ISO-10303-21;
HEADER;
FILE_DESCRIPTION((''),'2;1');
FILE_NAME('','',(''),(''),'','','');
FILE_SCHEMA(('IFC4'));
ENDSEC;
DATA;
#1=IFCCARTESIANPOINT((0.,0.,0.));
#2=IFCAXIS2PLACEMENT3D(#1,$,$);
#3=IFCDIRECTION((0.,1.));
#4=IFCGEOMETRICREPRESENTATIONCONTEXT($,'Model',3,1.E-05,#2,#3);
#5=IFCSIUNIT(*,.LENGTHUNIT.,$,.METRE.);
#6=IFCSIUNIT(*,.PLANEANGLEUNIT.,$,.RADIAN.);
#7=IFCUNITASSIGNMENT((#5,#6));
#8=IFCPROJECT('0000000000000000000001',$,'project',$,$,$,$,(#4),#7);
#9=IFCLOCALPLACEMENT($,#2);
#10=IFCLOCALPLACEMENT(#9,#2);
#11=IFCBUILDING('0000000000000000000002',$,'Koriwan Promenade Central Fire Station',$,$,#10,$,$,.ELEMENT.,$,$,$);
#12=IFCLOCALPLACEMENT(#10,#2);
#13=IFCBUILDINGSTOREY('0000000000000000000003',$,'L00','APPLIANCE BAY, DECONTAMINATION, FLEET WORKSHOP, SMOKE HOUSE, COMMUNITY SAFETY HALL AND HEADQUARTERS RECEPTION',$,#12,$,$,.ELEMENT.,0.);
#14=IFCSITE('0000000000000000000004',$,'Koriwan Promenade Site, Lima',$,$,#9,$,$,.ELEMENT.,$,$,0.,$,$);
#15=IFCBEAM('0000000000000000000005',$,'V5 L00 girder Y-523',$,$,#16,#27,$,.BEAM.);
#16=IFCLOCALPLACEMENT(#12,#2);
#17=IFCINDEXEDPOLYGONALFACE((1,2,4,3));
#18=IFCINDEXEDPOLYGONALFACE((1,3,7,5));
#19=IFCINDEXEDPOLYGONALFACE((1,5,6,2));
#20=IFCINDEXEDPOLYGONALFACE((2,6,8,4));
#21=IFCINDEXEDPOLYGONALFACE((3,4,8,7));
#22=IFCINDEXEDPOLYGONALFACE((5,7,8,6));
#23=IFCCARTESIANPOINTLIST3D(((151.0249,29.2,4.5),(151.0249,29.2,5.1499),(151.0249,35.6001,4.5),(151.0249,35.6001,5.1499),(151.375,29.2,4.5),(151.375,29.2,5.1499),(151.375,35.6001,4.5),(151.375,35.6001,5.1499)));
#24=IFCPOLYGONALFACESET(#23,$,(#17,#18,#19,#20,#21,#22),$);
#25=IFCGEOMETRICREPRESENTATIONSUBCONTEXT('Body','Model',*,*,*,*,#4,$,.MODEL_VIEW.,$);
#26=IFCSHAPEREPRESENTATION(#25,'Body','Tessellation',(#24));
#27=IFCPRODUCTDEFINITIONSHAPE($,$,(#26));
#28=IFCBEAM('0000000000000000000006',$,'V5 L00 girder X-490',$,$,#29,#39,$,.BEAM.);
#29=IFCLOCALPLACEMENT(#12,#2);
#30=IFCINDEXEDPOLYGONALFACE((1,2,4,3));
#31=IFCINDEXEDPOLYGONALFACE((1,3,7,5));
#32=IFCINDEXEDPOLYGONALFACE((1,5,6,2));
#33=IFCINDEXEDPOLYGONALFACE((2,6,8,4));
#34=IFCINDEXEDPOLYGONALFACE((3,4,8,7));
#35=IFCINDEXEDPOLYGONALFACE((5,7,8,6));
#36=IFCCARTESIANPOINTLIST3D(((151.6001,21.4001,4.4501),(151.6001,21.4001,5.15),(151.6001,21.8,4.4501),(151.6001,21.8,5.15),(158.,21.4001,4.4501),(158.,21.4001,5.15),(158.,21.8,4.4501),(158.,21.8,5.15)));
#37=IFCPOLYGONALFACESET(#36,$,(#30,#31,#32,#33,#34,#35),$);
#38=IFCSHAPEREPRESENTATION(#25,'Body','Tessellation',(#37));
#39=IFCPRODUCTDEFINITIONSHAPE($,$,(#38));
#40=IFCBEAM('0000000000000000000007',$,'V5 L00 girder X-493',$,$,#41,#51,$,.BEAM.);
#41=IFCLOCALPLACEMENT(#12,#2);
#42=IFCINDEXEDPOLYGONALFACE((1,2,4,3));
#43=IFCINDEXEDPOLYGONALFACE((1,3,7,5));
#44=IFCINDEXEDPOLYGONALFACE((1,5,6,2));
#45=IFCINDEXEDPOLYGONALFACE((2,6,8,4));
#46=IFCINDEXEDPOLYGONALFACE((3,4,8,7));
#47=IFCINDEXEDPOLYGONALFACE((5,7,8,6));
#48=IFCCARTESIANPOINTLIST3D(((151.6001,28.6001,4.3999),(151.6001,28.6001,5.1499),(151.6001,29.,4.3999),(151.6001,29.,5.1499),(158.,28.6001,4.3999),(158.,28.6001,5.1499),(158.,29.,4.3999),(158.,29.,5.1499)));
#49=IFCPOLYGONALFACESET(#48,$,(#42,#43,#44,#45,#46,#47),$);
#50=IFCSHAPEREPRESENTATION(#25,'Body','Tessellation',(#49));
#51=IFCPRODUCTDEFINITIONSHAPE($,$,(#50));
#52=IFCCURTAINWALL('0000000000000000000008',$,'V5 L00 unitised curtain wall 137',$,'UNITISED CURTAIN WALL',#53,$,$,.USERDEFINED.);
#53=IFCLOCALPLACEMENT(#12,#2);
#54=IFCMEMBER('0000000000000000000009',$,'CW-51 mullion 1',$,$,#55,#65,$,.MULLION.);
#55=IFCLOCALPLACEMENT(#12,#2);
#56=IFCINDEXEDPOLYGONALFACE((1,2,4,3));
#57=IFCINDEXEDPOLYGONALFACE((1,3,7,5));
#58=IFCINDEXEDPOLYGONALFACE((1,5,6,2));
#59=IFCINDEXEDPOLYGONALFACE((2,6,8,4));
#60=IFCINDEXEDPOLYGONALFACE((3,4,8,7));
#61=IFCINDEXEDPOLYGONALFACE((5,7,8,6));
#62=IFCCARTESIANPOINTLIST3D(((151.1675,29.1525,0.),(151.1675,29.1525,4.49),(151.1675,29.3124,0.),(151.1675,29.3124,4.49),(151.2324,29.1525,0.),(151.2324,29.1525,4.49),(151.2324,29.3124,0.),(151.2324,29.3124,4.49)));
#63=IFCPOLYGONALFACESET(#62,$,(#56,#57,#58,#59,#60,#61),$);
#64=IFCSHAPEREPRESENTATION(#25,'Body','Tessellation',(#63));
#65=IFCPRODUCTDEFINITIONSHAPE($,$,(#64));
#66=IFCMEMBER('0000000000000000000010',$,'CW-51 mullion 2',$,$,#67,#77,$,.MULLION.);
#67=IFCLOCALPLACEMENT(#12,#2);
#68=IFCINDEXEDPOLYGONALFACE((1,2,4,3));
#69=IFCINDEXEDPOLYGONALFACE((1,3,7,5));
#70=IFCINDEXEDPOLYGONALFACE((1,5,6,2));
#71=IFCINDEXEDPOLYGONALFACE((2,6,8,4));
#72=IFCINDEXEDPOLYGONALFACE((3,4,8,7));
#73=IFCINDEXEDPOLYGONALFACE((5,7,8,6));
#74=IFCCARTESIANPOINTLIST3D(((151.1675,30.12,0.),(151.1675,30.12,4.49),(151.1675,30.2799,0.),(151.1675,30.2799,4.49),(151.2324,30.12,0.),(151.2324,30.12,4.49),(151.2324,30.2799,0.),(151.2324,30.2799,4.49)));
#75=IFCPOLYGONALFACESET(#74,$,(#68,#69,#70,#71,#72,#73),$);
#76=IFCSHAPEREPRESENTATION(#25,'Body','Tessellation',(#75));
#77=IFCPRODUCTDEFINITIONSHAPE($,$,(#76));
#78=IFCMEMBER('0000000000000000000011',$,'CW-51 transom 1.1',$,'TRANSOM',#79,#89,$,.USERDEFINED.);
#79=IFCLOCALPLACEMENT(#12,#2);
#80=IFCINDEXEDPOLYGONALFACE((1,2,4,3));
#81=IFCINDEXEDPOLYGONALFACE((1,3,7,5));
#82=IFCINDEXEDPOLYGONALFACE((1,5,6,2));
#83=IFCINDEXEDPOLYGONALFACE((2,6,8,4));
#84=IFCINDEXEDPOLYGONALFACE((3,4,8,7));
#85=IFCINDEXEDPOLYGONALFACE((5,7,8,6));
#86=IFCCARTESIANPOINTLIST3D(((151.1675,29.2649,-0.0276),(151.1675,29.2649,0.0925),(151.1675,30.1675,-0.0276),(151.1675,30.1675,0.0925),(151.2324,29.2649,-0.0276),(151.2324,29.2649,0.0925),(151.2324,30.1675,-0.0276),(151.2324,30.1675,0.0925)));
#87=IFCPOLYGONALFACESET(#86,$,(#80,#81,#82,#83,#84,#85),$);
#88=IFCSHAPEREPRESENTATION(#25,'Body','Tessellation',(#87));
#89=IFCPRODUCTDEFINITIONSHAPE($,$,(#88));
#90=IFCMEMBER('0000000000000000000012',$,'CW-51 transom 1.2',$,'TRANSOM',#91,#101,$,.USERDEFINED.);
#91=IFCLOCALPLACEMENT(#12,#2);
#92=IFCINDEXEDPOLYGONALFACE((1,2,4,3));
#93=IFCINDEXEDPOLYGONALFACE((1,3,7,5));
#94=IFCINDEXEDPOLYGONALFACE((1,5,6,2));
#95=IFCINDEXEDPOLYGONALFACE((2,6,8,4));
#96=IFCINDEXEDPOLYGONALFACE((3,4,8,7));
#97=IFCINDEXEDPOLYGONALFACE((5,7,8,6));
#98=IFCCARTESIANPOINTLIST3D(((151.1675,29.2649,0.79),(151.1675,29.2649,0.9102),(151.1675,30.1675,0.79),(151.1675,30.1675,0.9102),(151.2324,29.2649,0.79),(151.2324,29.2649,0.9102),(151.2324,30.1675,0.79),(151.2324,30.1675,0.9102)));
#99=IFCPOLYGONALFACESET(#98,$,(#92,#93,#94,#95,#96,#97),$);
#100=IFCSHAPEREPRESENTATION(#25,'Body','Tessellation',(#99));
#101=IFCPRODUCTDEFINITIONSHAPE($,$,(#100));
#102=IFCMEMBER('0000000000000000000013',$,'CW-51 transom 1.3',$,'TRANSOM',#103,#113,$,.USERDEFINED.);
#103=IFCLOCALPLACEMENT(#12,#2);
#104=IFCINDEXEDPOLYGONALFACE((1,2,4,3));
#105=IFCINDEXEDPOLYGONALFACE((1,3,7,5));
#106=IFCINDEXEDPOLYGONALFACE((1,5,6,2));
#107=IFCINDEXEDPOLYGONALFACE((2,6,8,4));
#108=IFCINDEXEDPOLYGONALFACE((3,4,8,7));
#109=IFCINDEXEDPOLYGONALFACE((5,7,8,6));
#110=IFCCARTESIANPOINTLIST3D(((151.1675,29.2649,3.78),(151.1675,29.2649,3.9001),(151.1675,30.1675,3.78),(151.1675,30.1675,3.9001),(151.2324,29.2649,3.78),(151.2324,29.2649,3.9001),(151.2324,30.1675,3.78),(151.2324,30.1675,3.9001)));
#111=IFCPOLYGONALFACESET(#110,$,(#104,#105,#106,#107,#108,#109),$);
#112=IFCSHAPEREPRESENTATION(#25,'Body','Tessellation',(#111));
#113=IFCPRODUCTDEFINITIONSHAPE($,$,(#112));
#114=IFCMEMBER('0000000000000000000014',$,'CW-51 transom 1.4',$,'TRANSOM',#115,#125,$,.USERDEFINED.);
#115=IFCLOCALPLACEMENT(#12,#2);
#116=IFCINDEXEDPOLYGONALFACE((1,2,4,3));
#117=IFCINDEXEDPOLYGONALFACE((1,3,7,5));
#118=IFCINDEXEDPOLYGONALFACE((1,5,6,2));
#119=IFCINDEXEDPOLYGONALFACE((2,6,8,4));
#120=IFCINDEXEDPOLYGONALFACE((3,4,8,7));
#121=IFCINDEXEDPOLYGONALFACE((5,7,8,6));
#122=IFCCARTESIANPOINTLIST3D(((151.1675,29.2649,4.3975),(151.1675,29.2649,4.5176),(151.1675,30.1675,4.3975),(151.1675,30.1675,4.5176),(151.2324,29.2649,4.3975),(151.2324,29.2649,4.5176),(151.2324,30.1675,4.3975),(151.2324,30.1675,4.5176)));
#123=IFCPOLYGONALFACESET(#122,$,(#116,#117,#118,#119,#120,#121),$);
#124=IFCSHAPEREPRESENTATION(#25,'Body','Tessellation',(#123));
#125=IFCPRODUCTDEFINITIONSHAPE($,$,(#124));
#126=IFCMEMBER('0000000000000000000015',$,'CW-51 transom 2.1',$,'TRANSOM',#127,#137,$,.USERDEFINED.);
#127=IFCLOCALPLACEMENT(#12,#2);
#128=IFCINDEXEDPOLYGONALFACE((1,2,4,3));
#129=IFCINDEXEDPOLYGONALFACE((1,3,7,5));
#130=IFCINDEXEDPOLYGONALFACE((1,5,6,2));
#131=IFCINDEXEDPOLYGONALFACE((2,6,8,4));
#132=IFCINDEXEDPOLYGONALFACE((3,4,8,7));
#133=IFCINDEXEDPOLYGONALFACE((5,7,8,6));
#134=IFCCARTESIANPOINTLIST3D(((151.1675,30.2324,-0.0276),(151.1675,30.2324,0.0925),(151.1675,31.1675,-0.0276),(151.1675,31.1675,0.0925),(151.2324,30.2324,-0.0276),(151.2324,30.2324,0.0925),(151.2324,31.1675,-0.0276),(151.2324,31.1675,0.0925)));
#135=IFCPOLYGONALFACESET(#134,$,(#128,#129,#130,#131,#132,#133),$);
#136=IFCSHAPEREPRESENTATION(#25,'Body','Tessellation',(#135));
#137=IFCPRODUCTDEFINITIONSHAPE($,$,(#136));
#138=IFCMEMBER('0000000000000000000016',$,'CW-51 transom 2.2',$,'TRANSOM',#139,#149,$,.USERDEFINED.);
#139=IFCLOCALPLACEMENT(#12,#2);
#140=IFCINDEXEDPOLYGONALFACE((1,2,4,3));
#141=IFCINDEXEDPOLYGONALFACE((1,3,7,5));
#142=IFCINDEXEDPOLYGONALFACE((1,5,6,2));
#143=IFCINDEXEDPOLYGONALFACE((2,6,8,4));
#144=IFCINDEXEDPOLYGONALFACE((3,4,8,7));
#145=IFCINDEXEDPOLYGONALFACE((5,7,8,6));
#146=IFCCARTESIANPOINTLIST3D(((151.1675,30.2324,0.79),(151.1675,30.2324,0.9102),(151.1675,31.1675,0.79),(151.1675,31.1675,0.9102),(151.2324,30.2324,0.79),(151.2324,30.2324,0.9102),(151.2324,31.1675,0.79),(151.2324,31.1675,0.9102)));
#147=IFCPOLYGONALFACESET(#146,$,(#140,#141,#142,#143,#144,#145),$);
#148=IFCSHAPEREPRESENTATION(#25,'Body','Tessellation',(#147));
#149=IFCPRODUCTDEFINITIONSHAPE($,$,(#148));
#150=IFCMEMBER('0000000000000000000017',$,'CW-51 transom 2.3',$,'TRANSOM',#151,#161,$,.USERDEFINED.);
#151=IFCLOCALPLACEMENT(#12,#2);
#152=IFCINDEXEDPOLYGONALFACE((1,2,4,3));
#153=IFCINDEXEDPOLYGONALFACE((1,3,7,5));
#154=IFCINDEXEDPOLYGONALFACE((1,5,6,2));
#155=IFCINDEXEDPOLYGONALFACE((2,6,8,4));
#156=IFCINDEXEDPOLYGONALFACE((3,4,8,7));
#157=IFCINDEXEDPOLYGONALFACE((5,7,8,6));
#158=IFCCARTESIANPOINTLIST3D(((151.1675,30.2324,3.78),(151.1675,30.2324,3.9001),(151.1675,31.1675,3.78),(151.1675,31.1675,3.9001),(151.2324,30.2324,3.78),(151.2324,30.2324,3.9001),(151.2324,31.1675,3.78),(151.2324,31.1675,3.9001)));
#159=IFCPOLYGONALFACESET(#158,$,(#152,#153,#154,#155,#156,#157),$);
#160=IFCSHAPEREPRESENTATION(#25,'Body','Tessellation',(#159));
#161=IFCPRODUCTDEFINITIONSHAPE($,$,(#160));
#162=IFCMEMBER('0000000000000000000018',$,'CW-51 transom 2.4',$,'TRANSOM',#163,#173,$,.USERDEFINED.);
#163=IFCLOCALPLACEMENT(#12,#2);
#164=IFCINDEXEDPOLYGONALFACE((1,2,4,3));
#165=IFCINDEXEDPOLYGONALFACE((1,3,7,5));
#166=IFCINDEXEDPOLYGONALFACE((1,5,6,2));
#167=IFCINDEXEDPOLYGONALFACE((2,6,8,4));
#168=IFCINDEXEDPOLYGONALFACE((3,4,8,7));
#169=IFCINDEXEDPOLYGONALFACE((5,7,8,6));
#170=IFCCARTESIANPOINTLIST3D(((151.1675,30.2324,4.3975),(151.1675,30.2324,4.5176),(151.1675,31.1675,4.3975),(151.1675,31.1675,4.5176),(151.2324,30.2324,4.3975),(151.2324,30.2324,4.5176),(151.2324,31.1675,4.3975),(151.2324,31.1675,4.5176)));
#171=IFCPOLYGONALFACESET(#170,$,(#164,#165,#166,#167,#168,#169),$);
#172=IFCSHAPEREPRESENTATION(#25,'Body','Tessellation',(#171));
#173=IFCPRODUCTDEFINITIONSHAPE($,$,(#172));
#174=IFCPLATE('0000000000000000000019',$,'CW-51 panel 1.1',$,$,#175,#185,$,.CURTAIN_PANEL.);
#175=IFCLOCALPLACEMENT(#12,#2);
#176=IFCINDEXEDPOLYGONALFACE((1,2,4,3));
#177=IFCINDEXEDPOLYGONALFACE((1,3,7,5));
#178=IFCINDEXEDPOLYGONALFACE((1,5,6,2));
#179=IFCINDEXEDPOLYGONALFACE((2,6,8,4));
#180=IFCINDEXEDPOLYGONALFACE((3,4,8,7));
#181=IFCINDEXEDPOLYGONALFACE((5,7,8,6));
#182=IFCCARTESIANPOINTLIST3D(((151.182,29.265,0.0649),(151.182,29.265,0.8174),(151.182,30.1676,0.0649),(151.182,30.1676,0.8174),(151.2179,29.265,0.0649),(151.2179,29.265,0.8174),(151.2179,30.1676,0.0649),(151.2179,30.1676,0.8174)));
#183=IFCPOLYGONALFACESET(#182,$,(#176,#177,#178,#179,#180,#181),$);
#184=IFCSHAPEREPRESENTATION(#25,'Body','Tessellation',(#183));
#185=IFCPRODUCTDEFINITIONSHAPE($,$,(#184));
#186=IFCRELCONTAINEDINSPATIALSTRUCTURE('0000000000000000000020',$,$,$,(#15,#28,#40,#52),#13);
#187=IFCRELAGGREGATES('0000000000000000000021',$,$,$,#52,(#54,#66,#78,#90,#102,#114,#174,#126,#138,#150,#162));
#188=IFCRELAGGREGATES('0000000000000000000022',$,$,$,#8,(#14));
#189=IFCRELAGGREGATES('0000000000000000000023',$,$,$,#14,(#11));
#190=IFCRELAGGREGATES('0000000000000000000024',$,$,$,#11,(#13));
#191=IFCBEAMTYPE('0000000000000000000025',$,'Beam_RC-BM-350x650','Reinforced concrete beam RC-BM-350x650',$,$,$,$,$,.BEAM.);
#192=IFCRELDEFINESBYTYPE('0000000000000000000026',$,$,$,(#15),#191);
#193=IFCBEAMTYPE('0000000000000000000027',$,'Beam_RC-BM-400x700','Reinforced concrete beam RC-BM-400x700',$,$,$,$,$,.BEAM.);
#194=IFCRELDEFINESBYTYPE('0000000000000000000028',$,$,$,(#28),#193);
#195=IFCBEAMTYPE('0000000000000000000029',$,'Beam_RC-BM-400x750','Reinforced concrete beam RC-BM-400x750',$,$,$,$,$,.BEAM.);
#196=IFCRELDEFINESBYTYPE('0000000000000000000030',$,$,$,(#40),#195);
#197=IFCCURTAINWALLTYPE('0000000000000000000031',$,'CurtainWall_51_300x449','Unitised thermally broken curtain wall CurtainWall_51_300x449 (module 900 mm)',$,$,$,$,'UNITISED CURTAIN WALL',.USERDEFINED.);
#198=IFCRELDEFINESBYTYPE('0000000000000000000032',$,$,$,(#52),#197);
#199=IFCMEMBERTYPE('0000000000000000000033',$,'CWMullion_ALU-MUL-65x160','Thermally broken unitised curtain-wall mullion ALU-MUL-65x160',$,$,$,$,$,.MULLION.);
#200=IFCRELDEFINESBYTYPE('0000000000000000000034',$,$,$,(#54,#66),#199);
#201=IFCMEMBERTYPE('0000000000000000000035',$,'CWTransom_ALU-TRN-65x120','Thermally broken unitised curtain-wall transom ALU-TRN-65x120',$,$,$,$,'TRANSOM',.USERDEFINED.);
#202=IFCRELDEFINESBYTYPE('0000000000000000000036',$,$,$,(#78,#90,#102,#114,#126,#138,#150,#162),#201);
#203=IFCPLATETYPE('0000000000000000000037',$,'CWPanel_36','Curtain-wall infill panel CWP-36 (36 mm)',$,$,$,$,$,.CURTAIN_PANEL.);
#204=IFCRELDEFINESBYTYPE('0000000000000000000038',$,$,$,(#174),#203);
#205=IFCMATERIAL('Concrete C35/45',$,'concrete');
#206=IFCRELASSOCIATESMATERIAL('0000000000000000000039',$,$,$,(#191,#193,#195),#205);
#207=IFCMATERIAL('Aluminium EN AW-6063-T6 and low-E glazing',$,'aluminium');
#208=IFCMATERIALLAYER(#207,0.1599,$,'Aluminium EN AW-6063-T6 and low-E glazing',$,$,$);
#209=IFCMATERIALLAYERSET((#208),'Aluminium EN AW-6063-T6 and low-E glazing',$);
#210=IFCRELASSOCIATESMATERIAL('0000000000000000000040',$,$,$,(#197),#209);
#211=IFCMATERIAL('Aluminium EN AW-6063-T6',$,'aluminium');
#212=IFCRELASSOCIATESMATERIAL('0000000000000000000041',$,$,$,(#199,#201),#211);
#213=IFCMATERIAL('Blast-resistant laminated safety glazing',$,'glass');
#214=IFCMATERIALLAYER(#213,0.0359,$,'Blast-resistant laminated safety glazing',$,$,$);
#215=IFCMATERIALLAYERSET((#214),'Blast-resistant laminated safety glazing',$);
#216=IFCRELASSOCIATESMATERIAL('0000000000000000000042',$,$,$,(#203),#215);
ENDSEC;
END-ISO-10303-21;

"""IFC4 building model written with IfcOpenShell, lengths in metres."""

from ifc_helpers import new_model, si_unit, direction, frame, origin, origin_2d, place, context, subcontext, project, spatial, rectangle, extrude, material, layer, layer_set, material_profile, profile_set, type_object, element, aggregate, save


model = new_model("IFC4")

# Units and contexts
model_context = context("Model", 3, precision=1e-05, world=origin(), true_north=direction((0.0, 1.0)))
body_context = subcontext(model_context, "Body", "Model", "MODEL_VIEW")
ifc_project = project(units=[si_unit("LENGTHUNIT", "METRE"), si_unit("PLANEANGLEUNIT", "RADIAN")], contexts=[model_context])

# Site, building, storey
site_placement = place(None, origin())
site = spatial("IfcSite", under=ifc_project, at=site_placement, Name="Koriwan Promenade Site, Lima", CompositionType="ELEMENT", RefElevation=0.0)
building_placement = place(site_placement, origin())
building = spatial("IfcBuilding", under=site, at=building_placement, Name="Koriwan Promenade Central Fire Station", CompositionType="ELEMENT")
storey_placement = place(building_placement, origin())
storey = spatial("IfcBuildingStorey", under=building, at=storey_placement, Name="L00", Description="APPLIANCE BAY, DECONTAMINATION, FLEET WORKSHOP, SMOKE HOUSE, COMMUNITY SAFETY HALL AND HEADQUARTERS RECEPTION", CompositionType="ELEMENT", Elevation=0.0)

# Shared definitions
ifc_material_1 = material(Name="Concrete C35/45", Category="concrete")

# Beams
ifc_material_profile_1 = material_profile(ifc_material_1, rectangle(XDim=0.3501, YDim=0.6499, at=origin_2d()), Name="RC-BM-350x650")
ifc_profile_set_1 = profile_set([ifc_material_profile_1], Name="Concrete C35/45")
beam_type_1 = type_object("IfcBeamType", Name="Beam_RC-BM-350x650", Description="Reinforced concrete beam RC-BM-350x650", PredefinedType="BEAM", material=ifc_profile_set_1)
beam_1_placement = place(storey_placement, frame((151.2, 29.2, 4.825), z_axis=(0.0, 1.0, 0.0), x_axis=(-1.0, 0.0, 0.0)))
element("IfcBeam", 1, at=beam_1_placement, inside=storey, type_object=beam_type_1, Name="V5 L00 girder Y-523", PredefinedType="BEAM", context=body_context, shape_type="SweptSolid", body=[
    extrude(rectangle(XDim=0.3501, YDim=0.6499, at=origin_2d()), origin(), (0.0, 0.0, 1.0), 6.4001),
])
ifc_material_profile_2 = material_profile(ifc_material_1, rectangle(XDim=0.3999, YDim=0.7, at=origin_2d()), Name="RC-BM-400x700")
ifc_profile_set_2 = profile_set([ifc_material_profile_2], Name="Concrete C35/45")
beam_type_2 = type_object("IfcBeamType", Name="Beam_RC-BM-400x700", Description="Reinforced concrete beam RC-BM-400x700", PredefinedType="BEAM", material=ifc_profile_set_2)
beam_2_placement = place(storey_placement, frame((151.6001, 21.6001, 4.8), z_axis=(1.0, 0.0, 0.0), x_axis=(0.0, 1.0, 0.0)))
element("IfcBeam", 2, at=beam_2_placement, inside=storey, type_object=beam_type_2, Name="V5 L00 girder X-490", PredefinedType="BEAM", context=body_context, shape_type="SweptSolid", body=[
    extrude(rectangle(XDim=0.3999, YDim=0.7, at=origin_2d()), origin(), (0.0, 0.0, 1.0), 6.3999),
])
ifc_material_profile_3 = material_profile(ifc_material_1, rectangle(XDim=0.3999, YDim=0.75, at=origin_2d()), Name="RC-BM-400x750")
ifc_profile_set_3 = profile_set([ifc_material_profile_3], Name="Concrete C35/45")
beam_type_3 = type_object("IfcBeamType", Name="Beam_RC-BM-400x750", Description="Reinforced concrete beam RC-BM-400x750", PredefinedType="BEAM", material=ifc_profile_set_3)
beam_3_placement = place(storey_placement, frame((151.6001, 28.8, 4.7749), z_axis=(1.0, 0.0, 0.0), x_axis=(0.0, 1.0, 0.0)))
element("IfcBeam", 3, at=beam_3_placement, inside=storey, type_object=beam_type_3, Name="V5 L00 girder X-493", PredefinedType="BEAM", context=body_context, shape_type="SweptSolid", body=[
    extrude(rectangle(XDim=0.3999, YDim=0.75, at=origin_2d()), origin(), (0.0, 0.0, 1.0), 6.3999),
])

# Curtain wall, members, plate
ifc_material_2 = material(Name="Aluminium EN AW-6063-T6 and low-E glazing", Category="aluminium")
ifc_layer_1 = layer(ifc_material_2, 0.1599, Name="Aluminium EN AW-6063-T6 and low-E glazing")
ifc_layer_set_1 = layer_set([ifc_layer_1], Name="Aluminium EN AW-6063-T6 and low-E glazing")
curtain_wall_type = type_object("IfcCurtainWallType", Name="CurtainWall_51_300x449", Description="Unitised thermally broken curtain wall CurtainWall_51_300x449 (module 900 mm)", ElementType="UNITISED CURTAIN WALL", PredefinedType="USERDEFINED", material=ifc_layer_set_1)
curtain_wall_placement = place(storey_placement, origin())
curtain_wall = element("IfcCurtainWall", 4, at=curtain_wall_placement, inside=storey, type_object=curtain_wall_type, Name="V5 L00 unitised curtain wall 137", ObjectType="UNITISED CURTAIN WALL", PredefinedType="USERDEFINED")
ifc_material_3 = material(Name="Aluminium EN AW-6063-T6", Category="aluminium")
ifc_material_profile_4 = material_profile(ifc_material_3, rectangle(XDim=0.0649, YDim=0.1599, at=origin_2d()), Name="ALU-MUL-65x160")
ifc_profile_set_4 = profile_set([ifc_material_profile_4], Name="Aluminium EN AW-6063-T6")
member_type_1 = type_object("IfcMemberType", Name="CWMullion_ALU-MUL-65x160", Description="Thermally broken unitised curtain-wall mullion ALU-MUL-65x160", PredefinedType="MULLION", material=ifc_profile_set_4)
member_1_placement = place(storey_placement, frame((151.2, 29.2324, 0.0), z_axis=(0.0, 0.0, 1.0), x_axis=(-1.0, 0.0, 0.0)))
member_1 = element("IfcMember", 5, at=member_1_placement, type_object=member_type_1, Name="CW-51 mullion 1", PredefinedType="MULLION", context=body_context, shape_type="SweptSolid", body=[
    extrude(rectangle(XDim=0.0649, YDim=0.1599, at=origin_2d()), origin(), (0.0, 0.0, 1.0), 4.49),
])
member_2_placement = place(storey_placement, frame((151.2, 30.2, 0.0), z_axis=(0.0, 0.0, 1.0), x_axis=(-1.0, 0.0, 0.0)))
member_2 = element("IfcMember", 6, at=member_2_placement, type_object=member_type_1, Name="CW-51 mullion 2", PredefinedType="MULLION", context=body_context, shape_type="SweptSolid", body=[
    extrude(rectangle(XDim=0.0649, YDim=0.1599, at=origin_2d()), origin(), (0.0, 0.0, 1.0), 4.49),
])
ifc_material_profile_5 = material_profile(ifc_material_3, rectangle(XDim=0.0649, YDim=0.1201, at=origin_2d()), Name="ALU-TRN-65x120")
ifc_profile_set_5 = profile_set([ifc_material_profile_5], Name="Aluminium EN AW-6063-T6")
member_type_2 = type_object("IfcMemberType", Name="CWTransom_ALU-TRN-65x120", Description="Thermally broken unitised curtain-wall transom ALU-TRN-65x120", ElementType="TRANSOM", PredefinedType="USERDEFINED", material=ifc_profile_set_5)
member_3_placement = place(storey_placement, frame((151.2, 29.2649, 0.0325), z_axis=(0.0, 1.0, 0.0), x_axis=(-1.0, 0.0, 0.0)))
member_3 = element("IfcMember", 7, at=member_3_placement, type_object=member_type_2, Name="CW-51 transom 1.1", ObjectType="TRANSOM", PredefinedType="USERDEFINED", context=body_context, shape_type="SweptSolid", body=[
    extrude(rectangle(XDim=0.0649, YDim=0.1201, at=origin_2d()), origin(), (0.0, 0.0, 1.0), 0.9026),
])
member_4_placement = place(storey_placement, frame((151.2, 29.2649, 0.8501), z_axis=(0.0, 1.0, 0.0), x_axis=(-1.0, 0.0, 0.0)))
member_4 = element("IfcMember", 8, at=member_4_placement, type_object=member_type_2, Name="CW-51 transom 1.2", ObjectType="TRANSOM", PredefinedType="USERDEFINED", context=body_context, shape_type="SweptSolid", body=[
    extrude(rectangle(XDim=0.0649, YDim=0.1201, at=origin_2d()), origin(), (0.0, 0.0, 1.0), 0.9026),
])
member_5_placement = place(storey_placement, frame((151.2, 29.2649, 3.8401), z_axis=(0.0, 1.0, 0.0), x_axis=(-1.0, 0.0, 0.0)))
member_5 = element("IfcMember", 9, at=member_5_placement, type_object=member_type_2, Name="CW-51 transom 1.3", ObjectType="TRANSOM", PredefinedType="USERDEFINED", context=body_context, shape_type="SweptSolid", body=[
    extrude(rectangle(XDim=0.0649, YDim=0.1201, at=origin_2d()), origin(), (0.0, 0.0, 1.0), 0.9026),
])
member_6_placement = place(storey_placement, frame((151.2, 29.2649, 4.4575), z_axis=(0.0, 1.0, 0.0), x_axis=(-1.0, 0.0, 0.0)))
member_6 = element("IfcMember", 10, at=member_6_placement, type_object=member_type_2, Name="CW-51 transom 1.4", ObjectType="TRANSOM", PredefinedType="USERDEFINED", context=body_context, shape_type="SweptSolid", body=[
    extrude(rectangle(XDim=0.0649, YDim=0.1201, at=origin_2d()), origin(), (0.0, 0.0, 1.0), 0.9026),
])
member_7_placement = place(storey_placement, frame((151.2, 30.2324, 0.0325), z_axis=(0.0, 1.0, 0.0), x_axis=(-1.0, 0.0, 0.0)))
member_7 = element("IfcMember", 11, at=member_7_placement, type_object=member_type_2, Name="CW-51 transom 2.1", ObjectType="TRANSOM", PredefinedType="USERDEFINED", context=body_context, shape_type="SweptSolid", body=[
    extrude(rectangle(XDim=0.0649, YDim=0.1201, at=origin_2d()), origin(), (0.0, 0.0, 1.0), 0.9351),
])
member_8_placement = place(storey_placement, frame((151.2, 30.2324, 0.8501), z_axis=(0.0, 1.0, 0.0), x_axis=(-1.0, 0.0, 0.0)))
member_8 = element("IfcMember", 12, at=member_8_placement, type_object=member_type_2, Name="CW-51 transom 2.2", ObjectType="TRANSOM", PredefinedType="USERDEFINED", context=body_context, shape_type="SweptSolid", body=[
    extrude(rectangle(XDim=0.0649, YDim=0.1201, at=origin_2d()), origin(), (0.0, 0.0, 1.0), 0.9351),
])
member_9_placement = place(storey_placement, frame((151.2, 30.2324, 3.8401), z_axis=(0.0, 1.0, 0.0), x_axis=(-1.0, 0.0, 0.0)))
member_9 = element("IfcMember", 13, at=member_9_placement, type_object=member_type_2, Name="CW-51 transom 2.3", ObjectType="TRANSOM", PredefinedType="USERDEFINED", context=body_context, shape_type="SweptSolid", body=[
    extrude(rectangle(XDim=0.0649, YDim=0.1201, at=origin_2d()), origin(), (0.0, 0.0, 1.0), 0.9351),
])
member_10_placement = place(storey_placement, frame((151.2, 30.2324, 4.4575), z_axis=(0.0, 1.0, 0.0), x_axis=(-1.0, 0.0, 0.0)))
member_10 = element("IfcMember", 14, at=member_10_placement, type_object=member_type_2, Name="CW-51 transom 2.4", ObjectType="TRANSOM", PredefinedType="USERDEFINED", context=body_context, shape_type="SweptSolid", body=[
    extrude(rectangle(XDim=0.0649, YDim=0.1201, at=origin_2d()), origin(), (0.0, 0.0, 1.0), 0.9351),
])
ifc_material_4 = material(Name="Blast-resistant laminated safety glazing", Category="glass")
ifc_layer_2 = layer(ifc_material_4, 0.0359, Name="Blast-resistant laminated safety glazing")
ifc_layer_set_2 = layer_set([ifc_layer_2], Name="Blast-resistant laminated safety glazing")
plate_type = type_object("IfcPlateType", Name="CWPanel_36", Description="Curtain-wall infill panel CWP-36 (36 mm)", PredefinedType="CURTAIN_PANEL", material=ifc_layer_set_2)
plate_1_placement = place(storey_placement, frame((151.2, 29.7163, 0.0649), z_axis=(0.0, 0.0, 1.0), x_axis=(0.0, 1.0, 0.0)))
plate_1 = element("IfcPlate", 15, at=plate_1_placement, type_object=plate_type, Name="CW-51 panel 1.1", PredefinedType="CURTAIN_PANEL", context=body_context, shape_type="SweptSolid", body=[
    extrude(rectangle(XDim=0.9026, YDim=0.0359, at=origin_2d()), origin(), (0.0, 0.0, 1.0), 0.7524),
])
aggregate(curtain_wall, [member_1, member_2, member_3, member_4, member_5, member_6, plate_1, member_7, member_8, member_9, member_10])

save(model, "model.ifc")
